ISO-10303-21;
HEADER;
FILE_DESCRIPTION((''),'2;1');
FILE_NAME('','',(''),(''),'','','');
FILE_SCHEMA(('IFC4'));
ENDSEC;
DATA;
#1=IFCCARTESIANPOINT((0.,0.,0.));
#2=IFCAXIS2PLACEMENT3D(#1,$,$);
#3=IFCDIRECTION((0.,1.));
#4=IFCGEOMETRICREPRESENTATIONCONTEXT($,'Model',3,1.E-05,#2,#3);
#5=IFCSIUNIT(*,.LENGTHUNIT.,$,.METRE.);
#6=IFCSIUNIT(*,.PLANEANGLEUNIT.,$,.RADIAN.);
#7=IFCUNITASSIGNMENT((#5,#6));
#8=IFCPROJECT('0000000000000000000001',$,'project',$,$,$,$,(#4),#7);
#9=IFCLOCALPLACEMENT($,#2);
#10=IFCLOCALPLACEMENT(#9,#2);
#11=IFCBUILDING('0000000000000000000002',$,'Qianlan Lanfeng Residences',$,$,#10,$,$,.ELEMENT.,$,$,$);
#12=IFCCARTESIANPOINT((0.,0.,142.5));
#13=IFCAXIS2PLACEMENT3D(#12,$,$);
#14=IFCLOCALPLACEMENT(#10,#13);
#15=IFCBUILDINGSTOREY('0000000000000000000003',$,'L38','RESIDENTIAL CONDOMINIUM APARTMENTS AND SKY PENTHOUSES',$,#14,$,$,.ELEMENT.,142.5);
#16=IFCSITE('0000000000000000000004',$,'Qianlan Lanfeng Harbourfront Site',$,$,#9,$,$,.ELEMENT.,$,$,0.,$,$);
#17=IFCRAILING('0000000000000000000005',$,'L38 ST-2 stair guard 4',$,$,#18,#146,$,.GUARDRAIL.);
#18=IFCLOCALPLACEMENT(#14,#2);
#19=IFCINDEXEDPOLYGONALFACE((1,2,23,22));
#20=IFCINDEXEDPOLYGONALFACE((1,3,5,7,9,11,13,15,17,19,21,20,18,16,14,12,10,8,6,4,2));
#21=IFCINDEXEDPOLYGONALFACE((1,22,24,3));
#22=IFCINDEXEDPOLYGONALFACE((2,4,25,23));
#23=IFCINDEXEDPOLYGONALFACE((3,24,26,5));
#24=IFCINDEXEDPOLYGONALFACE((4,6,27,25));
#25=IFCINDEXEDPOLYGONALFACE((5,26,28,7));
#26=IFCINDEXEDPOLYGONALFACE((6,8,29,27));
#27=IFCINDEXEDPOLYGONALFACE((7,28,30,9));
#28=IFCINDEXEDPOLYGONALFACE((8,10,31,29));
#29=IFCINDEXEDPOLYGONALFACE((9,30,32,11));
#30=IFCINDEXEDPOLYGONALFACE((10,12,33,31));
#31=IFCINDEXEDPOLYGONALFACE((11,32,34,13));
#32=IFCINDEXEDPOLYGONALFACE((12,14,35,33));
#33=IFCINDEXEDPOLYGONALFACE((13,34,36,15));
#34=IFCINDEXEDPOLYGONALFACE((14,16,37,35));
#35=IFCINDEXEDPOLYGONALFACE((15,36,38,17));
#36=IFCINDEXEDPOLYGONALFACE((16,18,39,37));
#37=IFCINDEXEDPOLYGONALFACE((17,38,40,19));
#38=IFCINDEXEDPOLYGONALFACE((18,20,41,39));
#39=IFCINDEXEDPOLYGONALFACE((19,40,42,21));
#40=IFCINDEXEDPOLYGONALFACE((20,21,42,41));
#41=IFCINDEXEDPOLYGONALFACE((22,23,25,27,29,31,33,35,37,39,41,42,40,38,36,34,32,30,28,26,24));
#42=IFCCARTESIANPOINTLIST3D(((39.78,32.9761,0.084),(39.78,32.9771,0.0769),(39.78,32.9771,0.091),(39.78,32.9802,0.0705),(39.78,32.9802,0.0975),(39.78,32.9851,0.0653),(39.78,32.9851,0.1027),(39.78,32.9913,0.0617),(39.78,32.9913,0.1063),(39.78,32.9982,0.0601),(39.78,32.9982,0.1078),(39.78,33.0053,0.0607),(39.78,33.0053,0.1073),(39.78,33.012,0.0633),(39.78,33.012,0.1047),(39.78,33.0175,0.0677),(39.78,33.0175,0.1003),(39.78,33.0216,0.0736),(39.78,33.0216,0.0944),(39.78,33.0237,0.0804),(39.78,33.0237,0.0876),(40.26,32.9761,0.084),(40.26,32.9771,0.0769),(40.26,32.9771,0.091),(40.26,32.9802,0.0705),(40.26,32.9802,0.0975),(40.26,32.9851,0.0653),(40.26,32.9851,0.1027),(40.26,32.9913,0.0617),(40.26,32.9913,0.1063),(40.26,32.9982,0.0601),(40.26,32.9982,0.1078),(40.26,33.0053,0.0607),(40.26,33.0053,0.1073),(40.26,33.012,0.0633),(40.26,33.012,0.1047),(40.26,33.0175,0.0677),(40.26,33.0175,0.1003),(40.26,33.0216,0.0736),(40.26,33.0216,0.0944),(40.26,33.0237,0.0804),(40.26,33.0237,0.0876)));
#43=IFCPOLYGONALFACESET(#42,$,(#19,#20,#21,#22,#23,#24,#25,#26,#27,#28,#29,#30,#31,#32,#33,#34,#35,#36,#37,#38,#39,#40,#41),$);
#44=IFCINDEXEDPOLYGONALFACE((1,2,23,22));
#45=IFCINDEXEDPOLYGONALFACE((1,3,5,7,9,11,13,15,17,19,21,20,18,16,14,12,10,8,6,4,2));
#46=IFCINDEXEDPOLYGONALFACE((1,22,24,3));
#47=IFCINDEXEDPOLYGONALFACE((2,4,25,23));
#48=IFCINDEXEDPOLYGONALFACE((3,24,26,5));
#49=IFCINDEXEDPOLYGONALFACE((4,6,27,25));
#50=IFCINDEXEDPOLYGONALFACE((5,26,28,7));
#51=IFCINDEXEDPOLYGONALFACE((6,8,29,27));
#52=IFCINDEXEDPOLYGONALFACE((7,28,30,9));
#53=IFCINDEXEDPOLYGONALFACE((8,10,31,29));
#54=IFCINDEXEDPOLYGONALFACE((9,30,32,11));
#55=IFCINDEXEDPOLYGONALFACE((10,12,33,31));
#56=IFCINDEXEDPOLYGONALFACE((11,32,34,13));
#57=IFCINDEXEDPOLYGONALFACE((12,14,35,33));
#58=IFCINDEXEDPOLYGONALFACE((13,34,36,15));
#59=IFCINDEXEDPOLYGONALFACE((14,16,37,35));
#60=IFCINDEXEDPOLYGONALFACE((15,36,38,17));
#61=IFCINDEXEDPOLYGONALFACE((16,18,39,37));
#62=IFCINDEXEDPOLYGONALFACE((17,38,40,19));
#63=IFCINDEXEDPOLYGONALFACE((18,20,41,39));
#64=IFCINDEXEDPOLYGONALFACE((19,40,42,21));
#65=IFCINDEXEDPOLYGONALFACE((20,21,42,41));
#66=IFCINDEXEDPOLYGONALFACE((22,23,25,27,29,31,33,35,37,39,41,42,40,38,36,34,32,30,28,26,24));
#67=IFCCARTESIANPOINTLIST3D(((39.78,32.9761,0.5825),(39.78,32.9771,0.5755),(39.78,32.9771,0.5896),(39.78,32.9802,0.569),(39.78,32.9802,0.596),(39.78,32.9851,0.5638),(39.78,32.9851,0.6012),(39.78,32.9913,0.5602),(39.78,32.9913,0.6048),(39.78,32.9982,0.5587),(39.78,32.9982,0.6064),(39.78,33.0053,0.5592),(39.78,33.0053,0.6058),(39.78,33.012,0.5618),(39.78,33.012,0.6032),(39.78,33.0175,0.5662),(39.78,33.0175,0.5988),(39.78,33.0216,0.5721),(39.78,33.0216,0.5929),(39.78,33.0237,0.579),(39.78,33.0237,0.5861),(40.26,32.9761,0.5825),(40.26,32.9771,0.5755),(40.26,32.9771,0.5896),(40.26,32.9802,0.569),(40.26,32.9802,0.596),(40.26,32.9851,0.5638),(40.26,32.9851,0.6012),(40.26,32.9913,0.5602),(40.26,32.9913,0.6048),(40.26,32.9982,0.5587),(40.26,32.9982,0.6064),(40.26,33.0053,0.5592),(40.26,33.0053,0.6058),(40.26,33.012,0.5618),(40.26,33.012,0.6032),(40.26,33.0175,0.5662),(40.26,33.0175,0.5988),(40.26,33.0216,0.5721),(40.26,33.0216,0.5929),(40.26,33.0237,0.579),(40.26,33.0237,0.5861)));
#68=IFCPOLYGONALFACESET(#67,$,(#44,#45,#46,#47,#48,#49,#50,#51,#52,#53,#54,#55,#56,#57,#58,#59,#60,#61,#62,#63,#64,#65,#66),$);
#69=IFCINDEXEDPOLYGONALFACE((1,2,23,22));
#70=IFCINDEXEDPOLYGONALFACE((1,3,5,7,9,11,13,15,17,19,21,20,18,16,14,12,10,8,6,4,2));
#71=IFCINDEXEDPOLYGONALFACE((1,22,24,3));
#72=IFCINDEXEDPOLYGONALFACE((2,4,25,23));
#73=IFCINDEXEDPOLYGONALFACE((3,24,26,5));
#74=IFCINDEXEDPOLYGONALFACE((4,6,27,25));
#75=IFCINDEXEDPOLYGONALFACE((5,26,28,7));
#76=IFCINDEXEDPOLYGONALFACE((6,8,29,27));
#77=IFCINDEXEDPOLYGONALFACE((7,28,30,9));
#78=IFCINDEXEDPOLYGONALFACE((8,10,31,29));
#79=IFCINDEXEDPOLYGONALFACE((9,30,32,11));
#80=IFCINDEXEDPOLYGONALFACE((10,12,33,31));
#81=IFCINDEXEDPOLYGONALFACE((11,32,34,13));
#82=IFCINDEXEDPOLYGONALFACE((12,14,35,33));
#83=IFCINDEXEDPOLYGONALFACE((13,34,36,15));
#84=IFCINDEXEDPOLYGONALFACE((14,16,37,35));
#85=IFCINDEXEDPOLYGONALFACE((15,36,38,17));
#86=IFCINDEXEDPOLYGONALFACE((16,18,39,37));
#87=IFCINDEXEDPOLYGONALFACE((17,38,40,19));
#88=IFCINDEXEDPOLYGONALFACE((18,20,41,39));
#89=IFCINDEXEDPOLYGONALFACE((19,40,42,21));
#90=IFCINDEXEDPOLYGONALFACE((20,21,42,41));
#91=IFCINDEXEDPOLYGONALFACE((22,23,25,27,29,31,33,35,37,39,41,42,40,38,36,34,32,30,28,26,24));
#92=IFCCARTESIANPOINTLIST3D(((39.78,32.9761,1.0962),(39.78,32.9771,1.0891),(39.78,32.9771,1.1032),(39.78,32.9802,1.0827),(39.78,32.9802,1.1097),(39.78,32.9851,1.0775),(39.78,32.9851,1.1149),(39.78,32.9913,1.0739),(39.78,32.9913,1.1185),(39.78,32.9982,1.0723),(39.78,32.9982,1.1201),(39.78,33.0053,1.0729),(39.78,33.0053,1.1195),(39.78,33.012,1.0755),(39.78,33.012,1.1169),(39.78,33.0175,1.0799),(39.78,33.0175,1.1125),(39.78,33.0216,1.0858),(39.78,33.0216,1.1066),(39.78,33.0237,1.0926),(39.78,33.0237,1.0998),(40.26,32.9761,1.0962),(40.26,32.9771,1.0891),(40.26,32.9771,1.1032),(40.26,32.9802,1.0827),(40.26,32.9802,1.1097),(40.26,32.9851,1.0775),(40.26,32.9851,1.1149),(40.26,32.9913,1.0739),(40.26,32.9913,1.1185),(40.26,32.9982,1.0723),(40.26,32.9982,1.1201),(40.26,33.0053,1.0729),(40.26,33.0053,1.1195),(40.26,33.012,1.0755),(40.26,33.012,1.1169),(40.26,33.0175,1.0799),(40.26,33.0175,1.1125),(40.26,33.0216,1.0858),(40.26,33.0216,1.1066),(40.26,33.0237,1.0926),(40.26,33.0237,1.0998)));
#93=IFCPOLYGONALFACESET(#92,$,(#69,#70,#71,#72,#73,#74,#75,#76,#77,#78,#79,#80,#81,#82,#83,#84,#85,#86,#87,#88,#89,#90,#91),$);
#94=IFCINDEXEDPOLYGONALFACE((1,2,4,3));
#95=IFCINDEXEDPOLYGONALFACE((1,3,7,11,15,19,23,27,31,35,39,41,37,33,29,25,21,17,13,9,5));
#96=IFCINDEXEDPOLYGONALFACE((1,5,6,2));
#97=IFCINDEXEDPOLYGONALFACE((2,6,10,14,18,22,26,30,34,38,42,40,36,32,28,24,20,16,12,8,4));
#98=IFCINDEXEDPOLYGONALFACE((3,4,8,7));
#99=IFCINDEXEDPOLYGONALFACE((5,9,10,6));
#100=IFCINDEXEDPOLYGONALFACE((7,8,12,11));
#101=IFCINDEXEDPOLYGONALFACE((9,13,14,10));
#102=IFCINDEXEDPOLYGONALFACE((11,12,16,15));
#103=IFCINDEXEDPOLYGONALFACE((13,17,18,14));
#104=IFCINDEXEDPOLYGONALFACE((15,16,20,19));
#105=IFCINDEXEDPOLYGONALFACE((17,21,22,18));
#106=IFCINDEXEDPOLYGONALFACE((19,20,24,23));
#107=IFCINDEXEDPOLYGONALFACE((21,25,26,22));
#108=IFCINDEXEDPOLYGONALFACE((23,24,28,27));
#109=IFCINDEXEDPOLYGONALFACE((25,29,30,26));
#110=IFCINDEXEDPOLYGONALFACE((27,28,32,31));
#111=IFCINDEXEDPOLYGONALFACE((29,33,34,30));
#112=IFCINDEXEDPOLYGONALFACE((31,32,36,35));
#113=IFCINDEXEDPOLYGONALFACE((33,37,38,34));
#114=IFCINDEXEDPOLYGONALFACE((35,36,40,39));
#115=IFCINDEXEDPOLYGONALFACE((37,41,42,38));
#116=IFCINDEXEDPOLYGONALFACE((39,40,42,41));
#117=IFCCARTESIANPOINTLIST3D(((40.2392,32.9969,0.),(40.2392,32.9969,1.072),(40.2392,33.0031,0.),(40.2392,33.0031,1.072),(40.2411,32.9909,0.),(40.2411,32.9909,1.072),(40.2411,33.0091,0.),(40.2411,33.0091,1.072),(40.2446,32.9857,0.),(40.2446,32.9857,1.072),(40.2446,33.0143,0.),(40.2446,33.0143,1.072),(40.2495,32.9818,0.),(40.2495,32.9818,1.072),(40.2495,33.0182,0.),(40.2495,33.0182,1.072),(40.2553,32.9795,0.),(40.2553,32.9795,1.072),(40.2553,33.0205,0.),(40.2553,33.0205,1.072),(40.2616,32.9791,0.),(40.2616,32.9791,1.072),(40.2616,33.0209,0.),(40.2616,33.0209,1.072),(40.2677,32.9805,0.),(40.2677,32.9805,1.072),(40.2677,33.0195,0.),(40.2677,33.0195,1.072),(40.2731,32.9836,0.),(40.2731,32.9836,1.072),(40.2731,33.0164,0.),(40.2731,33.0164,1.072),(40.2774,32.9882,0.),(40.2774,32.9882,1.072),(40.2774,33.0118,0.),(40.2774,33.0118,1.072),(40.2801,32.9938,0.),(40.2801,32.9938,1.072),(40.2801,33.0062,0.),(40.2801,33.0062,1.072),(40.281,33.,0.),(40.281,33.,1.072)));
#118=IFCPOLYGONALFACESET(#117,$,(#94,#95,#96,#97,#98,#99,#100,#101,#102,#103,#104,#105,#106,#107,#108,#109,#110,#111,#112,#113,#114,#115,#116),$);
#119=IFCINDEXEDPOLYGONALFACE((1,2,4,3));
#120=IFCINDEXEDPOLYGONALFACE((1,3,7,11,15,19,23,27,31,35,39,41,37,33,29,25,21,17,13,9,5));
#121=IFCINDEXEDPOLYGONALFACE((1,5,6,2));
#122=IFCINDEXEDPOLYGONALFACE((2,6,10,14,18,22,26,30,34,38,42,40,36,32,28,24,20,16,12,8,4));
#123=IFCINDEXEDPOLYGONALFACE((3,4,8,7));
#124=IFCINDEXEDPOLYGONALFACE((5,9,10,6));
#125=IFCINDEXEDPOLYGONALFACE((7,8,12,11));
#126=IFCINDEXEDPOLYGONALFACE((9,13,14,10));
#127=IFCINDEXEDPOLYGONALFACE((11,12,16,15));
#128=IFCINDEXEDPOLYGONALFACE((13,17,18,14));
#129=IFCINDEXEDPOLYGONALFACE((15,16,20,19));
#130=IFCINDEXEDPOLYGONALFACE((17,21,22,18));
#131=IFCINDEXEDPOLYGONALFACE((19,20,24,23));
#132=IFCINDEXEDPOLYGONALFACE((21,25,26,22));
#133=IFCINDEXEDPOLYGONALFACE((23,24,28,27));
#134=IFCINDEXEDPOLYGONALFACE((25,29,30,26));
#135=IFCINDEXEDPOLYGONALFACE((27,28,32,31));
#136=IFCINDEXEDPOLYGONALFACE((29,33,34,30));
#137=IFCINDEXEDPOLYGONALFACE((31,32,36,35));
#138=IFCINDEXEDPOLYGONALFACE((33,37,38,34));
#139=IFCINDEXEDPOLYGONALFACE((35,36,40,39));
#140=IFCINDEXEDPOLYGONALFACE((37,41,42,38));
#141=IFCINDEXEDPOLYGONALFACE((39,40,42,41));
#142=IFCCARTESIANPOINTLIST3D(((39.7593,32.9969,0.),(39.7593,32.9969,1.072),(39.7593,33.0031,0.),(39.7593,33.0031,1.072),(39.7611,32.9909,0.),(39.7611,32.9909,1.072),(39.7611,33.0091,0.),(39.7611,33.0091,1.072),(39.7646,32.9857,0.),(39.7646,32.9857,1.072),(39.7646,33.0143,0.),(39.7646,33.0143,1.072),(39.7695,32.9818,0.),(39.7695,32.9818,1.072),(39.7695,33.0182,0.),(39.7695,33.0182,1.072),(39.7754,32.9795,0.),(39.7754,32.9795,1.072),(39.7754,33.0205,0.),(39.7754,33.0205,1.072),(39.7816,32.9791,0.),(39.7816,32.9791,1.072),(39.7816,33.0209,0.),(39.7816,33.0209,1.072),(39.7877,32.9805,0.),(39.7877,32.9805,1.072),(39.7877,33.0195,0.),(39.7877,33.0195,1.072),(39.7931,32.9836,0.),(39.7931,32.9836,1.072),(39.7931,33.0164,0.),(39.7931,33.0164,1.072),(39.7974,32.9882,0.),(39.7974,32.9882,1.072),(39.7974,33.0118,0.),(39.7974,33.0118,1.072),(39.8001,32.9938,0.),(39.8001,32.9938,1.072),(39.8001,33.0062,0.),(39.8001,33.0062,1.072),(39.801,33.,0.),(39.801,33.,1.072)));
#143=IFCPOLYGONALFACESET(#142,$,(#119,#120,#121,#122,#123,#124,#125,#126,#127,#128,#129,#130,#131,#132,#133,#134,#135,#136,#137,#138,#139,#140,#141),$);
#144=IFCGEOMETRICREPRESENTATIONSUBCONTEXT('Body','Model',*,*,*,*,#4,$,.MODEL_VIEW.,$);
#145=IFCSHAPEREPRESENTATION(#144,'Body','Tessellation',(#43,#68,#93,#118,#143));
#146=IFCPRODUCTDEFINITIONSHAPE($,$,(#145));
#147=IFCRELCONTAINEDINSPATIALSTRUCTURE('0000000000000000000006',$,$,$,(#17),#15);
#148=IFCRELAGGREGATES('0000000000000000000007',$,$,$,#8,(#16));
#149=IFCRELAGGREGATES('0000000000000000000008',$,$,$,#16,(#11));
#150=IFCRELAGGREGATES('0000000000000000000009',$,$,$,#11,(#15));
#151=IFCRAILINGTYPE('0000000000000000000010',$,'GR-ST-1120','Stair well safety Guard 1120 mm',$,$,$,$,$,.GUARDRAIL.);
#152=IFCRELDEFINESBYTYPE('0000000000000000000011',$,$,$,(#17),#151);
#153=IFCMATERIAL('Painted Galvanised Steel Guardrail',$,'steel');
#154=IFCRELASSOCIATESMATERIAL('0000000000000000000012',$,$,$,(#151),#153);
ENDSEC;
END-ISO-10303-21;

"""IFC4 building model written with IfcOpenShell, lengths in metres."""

from ifc_helpers import new_model, si_unit, direction, frame, origin, origin_2d, place, context, subcontext, project, spatial, circle, extrude, material, type_object, element, save


model = new_model("IFC4")

# Units and contexts
model_context = context("Model", 3, precision=1e-05, world=origin(), true_north=direction((0.0, 1.0)))
body_context = subcontext(model_context, "Body", "Model", "MODEL_VIEW")
ifc_project = project(units=[si_unit("LENGTHUNIT", "METRE"), si_unit("PLANEANGLEUNIT", "RADIAN")], contexts=[model_context])

# Site, building, storey
site_placement = place(None, origin())
site = spatial("IfcSite", under=ifc_project, at=site_placement, Name="Qianlan Lanfeng Harbourfront Site", CompositionType="ELEMENT", RefElevation=0.0)
building_placement = place(site_placement, origin())
building = spatial("IfcBuilding", under=site, at=building_placement, Name="Qianlan Lanfeng Residences", CompositionType="ELEMENT")
storey_placement = place(building_placement, frame((0.0, 0.0, 142.5)))
storey = spatial("IfcBuildingStorey", under=building, at=storey_placement, Name="L38", Description="RESIDENTIAL CONDOMINIUM APARTMENTS AND SKY PENTHOUSES", CompositionType="ELEMENT", Elevation=142.5)

# Railing
ifc_material_1 = material(Name="Painted Galvanised Steel Guardrail", Category="steel")
railing_type_1 = type_object("IfcRailingType", Name="GR-ST-1120", Description="Stair well safety Guard 1120 mm", PredefinedType="GUARDRAIL", material=ifc_material_1)
railing_1_placement = place(storey_placement, frame((40.26, 33.0, 0.0)))
element("IfcRailing", 1, at=railing_1_placement, inside=storey, type_object=railing_type_1, Name="L38 ST-2 stair guard 4", PredefinedType="GUARDRAIL", context=body_context, shape_type="SweptSolid", body=[
    extrude(circle(Radius=0.0239, at=origin_2d()), frame((0.0, 0.0, 0.084), z_axis=(-1.0, 0.0, 0.0), x_axis=(0.0, -1.0, 0.0)), (0.0, 0.0, 1.0), 0.48),
    extrude(circle(Radius=0.0239, at=origin_2d()), frame((0.0, 0.0, 0.5825), z_axis=(-1.0, 0.0, 0.0), x_axis=(0.0, -1.0, 0.0)), (0.0, 0.0, 1.0), 0.48),
    extrude(circle(Radius=0.0239, at=origin_2d()), frame((0.0, 0.0, 1.0962), z_axis=(-1.0, 0.0, 0.0), x_axis=(0.0, -1.0, 0.0)), (0.0, 0.0, 1.0), 0.48),
    extrude(circle(Radius=0.021, at=origin_2d()), origin(), (0.0, 0.0, 1.0), 1.072),
    extrude(circle(Radius=0.021, at=origin_2d()), frame((-0.48, 0.0, 0.0)), (0.0, 0.0, 1.0), 1.072),
])

save(model, "model.ifc")
